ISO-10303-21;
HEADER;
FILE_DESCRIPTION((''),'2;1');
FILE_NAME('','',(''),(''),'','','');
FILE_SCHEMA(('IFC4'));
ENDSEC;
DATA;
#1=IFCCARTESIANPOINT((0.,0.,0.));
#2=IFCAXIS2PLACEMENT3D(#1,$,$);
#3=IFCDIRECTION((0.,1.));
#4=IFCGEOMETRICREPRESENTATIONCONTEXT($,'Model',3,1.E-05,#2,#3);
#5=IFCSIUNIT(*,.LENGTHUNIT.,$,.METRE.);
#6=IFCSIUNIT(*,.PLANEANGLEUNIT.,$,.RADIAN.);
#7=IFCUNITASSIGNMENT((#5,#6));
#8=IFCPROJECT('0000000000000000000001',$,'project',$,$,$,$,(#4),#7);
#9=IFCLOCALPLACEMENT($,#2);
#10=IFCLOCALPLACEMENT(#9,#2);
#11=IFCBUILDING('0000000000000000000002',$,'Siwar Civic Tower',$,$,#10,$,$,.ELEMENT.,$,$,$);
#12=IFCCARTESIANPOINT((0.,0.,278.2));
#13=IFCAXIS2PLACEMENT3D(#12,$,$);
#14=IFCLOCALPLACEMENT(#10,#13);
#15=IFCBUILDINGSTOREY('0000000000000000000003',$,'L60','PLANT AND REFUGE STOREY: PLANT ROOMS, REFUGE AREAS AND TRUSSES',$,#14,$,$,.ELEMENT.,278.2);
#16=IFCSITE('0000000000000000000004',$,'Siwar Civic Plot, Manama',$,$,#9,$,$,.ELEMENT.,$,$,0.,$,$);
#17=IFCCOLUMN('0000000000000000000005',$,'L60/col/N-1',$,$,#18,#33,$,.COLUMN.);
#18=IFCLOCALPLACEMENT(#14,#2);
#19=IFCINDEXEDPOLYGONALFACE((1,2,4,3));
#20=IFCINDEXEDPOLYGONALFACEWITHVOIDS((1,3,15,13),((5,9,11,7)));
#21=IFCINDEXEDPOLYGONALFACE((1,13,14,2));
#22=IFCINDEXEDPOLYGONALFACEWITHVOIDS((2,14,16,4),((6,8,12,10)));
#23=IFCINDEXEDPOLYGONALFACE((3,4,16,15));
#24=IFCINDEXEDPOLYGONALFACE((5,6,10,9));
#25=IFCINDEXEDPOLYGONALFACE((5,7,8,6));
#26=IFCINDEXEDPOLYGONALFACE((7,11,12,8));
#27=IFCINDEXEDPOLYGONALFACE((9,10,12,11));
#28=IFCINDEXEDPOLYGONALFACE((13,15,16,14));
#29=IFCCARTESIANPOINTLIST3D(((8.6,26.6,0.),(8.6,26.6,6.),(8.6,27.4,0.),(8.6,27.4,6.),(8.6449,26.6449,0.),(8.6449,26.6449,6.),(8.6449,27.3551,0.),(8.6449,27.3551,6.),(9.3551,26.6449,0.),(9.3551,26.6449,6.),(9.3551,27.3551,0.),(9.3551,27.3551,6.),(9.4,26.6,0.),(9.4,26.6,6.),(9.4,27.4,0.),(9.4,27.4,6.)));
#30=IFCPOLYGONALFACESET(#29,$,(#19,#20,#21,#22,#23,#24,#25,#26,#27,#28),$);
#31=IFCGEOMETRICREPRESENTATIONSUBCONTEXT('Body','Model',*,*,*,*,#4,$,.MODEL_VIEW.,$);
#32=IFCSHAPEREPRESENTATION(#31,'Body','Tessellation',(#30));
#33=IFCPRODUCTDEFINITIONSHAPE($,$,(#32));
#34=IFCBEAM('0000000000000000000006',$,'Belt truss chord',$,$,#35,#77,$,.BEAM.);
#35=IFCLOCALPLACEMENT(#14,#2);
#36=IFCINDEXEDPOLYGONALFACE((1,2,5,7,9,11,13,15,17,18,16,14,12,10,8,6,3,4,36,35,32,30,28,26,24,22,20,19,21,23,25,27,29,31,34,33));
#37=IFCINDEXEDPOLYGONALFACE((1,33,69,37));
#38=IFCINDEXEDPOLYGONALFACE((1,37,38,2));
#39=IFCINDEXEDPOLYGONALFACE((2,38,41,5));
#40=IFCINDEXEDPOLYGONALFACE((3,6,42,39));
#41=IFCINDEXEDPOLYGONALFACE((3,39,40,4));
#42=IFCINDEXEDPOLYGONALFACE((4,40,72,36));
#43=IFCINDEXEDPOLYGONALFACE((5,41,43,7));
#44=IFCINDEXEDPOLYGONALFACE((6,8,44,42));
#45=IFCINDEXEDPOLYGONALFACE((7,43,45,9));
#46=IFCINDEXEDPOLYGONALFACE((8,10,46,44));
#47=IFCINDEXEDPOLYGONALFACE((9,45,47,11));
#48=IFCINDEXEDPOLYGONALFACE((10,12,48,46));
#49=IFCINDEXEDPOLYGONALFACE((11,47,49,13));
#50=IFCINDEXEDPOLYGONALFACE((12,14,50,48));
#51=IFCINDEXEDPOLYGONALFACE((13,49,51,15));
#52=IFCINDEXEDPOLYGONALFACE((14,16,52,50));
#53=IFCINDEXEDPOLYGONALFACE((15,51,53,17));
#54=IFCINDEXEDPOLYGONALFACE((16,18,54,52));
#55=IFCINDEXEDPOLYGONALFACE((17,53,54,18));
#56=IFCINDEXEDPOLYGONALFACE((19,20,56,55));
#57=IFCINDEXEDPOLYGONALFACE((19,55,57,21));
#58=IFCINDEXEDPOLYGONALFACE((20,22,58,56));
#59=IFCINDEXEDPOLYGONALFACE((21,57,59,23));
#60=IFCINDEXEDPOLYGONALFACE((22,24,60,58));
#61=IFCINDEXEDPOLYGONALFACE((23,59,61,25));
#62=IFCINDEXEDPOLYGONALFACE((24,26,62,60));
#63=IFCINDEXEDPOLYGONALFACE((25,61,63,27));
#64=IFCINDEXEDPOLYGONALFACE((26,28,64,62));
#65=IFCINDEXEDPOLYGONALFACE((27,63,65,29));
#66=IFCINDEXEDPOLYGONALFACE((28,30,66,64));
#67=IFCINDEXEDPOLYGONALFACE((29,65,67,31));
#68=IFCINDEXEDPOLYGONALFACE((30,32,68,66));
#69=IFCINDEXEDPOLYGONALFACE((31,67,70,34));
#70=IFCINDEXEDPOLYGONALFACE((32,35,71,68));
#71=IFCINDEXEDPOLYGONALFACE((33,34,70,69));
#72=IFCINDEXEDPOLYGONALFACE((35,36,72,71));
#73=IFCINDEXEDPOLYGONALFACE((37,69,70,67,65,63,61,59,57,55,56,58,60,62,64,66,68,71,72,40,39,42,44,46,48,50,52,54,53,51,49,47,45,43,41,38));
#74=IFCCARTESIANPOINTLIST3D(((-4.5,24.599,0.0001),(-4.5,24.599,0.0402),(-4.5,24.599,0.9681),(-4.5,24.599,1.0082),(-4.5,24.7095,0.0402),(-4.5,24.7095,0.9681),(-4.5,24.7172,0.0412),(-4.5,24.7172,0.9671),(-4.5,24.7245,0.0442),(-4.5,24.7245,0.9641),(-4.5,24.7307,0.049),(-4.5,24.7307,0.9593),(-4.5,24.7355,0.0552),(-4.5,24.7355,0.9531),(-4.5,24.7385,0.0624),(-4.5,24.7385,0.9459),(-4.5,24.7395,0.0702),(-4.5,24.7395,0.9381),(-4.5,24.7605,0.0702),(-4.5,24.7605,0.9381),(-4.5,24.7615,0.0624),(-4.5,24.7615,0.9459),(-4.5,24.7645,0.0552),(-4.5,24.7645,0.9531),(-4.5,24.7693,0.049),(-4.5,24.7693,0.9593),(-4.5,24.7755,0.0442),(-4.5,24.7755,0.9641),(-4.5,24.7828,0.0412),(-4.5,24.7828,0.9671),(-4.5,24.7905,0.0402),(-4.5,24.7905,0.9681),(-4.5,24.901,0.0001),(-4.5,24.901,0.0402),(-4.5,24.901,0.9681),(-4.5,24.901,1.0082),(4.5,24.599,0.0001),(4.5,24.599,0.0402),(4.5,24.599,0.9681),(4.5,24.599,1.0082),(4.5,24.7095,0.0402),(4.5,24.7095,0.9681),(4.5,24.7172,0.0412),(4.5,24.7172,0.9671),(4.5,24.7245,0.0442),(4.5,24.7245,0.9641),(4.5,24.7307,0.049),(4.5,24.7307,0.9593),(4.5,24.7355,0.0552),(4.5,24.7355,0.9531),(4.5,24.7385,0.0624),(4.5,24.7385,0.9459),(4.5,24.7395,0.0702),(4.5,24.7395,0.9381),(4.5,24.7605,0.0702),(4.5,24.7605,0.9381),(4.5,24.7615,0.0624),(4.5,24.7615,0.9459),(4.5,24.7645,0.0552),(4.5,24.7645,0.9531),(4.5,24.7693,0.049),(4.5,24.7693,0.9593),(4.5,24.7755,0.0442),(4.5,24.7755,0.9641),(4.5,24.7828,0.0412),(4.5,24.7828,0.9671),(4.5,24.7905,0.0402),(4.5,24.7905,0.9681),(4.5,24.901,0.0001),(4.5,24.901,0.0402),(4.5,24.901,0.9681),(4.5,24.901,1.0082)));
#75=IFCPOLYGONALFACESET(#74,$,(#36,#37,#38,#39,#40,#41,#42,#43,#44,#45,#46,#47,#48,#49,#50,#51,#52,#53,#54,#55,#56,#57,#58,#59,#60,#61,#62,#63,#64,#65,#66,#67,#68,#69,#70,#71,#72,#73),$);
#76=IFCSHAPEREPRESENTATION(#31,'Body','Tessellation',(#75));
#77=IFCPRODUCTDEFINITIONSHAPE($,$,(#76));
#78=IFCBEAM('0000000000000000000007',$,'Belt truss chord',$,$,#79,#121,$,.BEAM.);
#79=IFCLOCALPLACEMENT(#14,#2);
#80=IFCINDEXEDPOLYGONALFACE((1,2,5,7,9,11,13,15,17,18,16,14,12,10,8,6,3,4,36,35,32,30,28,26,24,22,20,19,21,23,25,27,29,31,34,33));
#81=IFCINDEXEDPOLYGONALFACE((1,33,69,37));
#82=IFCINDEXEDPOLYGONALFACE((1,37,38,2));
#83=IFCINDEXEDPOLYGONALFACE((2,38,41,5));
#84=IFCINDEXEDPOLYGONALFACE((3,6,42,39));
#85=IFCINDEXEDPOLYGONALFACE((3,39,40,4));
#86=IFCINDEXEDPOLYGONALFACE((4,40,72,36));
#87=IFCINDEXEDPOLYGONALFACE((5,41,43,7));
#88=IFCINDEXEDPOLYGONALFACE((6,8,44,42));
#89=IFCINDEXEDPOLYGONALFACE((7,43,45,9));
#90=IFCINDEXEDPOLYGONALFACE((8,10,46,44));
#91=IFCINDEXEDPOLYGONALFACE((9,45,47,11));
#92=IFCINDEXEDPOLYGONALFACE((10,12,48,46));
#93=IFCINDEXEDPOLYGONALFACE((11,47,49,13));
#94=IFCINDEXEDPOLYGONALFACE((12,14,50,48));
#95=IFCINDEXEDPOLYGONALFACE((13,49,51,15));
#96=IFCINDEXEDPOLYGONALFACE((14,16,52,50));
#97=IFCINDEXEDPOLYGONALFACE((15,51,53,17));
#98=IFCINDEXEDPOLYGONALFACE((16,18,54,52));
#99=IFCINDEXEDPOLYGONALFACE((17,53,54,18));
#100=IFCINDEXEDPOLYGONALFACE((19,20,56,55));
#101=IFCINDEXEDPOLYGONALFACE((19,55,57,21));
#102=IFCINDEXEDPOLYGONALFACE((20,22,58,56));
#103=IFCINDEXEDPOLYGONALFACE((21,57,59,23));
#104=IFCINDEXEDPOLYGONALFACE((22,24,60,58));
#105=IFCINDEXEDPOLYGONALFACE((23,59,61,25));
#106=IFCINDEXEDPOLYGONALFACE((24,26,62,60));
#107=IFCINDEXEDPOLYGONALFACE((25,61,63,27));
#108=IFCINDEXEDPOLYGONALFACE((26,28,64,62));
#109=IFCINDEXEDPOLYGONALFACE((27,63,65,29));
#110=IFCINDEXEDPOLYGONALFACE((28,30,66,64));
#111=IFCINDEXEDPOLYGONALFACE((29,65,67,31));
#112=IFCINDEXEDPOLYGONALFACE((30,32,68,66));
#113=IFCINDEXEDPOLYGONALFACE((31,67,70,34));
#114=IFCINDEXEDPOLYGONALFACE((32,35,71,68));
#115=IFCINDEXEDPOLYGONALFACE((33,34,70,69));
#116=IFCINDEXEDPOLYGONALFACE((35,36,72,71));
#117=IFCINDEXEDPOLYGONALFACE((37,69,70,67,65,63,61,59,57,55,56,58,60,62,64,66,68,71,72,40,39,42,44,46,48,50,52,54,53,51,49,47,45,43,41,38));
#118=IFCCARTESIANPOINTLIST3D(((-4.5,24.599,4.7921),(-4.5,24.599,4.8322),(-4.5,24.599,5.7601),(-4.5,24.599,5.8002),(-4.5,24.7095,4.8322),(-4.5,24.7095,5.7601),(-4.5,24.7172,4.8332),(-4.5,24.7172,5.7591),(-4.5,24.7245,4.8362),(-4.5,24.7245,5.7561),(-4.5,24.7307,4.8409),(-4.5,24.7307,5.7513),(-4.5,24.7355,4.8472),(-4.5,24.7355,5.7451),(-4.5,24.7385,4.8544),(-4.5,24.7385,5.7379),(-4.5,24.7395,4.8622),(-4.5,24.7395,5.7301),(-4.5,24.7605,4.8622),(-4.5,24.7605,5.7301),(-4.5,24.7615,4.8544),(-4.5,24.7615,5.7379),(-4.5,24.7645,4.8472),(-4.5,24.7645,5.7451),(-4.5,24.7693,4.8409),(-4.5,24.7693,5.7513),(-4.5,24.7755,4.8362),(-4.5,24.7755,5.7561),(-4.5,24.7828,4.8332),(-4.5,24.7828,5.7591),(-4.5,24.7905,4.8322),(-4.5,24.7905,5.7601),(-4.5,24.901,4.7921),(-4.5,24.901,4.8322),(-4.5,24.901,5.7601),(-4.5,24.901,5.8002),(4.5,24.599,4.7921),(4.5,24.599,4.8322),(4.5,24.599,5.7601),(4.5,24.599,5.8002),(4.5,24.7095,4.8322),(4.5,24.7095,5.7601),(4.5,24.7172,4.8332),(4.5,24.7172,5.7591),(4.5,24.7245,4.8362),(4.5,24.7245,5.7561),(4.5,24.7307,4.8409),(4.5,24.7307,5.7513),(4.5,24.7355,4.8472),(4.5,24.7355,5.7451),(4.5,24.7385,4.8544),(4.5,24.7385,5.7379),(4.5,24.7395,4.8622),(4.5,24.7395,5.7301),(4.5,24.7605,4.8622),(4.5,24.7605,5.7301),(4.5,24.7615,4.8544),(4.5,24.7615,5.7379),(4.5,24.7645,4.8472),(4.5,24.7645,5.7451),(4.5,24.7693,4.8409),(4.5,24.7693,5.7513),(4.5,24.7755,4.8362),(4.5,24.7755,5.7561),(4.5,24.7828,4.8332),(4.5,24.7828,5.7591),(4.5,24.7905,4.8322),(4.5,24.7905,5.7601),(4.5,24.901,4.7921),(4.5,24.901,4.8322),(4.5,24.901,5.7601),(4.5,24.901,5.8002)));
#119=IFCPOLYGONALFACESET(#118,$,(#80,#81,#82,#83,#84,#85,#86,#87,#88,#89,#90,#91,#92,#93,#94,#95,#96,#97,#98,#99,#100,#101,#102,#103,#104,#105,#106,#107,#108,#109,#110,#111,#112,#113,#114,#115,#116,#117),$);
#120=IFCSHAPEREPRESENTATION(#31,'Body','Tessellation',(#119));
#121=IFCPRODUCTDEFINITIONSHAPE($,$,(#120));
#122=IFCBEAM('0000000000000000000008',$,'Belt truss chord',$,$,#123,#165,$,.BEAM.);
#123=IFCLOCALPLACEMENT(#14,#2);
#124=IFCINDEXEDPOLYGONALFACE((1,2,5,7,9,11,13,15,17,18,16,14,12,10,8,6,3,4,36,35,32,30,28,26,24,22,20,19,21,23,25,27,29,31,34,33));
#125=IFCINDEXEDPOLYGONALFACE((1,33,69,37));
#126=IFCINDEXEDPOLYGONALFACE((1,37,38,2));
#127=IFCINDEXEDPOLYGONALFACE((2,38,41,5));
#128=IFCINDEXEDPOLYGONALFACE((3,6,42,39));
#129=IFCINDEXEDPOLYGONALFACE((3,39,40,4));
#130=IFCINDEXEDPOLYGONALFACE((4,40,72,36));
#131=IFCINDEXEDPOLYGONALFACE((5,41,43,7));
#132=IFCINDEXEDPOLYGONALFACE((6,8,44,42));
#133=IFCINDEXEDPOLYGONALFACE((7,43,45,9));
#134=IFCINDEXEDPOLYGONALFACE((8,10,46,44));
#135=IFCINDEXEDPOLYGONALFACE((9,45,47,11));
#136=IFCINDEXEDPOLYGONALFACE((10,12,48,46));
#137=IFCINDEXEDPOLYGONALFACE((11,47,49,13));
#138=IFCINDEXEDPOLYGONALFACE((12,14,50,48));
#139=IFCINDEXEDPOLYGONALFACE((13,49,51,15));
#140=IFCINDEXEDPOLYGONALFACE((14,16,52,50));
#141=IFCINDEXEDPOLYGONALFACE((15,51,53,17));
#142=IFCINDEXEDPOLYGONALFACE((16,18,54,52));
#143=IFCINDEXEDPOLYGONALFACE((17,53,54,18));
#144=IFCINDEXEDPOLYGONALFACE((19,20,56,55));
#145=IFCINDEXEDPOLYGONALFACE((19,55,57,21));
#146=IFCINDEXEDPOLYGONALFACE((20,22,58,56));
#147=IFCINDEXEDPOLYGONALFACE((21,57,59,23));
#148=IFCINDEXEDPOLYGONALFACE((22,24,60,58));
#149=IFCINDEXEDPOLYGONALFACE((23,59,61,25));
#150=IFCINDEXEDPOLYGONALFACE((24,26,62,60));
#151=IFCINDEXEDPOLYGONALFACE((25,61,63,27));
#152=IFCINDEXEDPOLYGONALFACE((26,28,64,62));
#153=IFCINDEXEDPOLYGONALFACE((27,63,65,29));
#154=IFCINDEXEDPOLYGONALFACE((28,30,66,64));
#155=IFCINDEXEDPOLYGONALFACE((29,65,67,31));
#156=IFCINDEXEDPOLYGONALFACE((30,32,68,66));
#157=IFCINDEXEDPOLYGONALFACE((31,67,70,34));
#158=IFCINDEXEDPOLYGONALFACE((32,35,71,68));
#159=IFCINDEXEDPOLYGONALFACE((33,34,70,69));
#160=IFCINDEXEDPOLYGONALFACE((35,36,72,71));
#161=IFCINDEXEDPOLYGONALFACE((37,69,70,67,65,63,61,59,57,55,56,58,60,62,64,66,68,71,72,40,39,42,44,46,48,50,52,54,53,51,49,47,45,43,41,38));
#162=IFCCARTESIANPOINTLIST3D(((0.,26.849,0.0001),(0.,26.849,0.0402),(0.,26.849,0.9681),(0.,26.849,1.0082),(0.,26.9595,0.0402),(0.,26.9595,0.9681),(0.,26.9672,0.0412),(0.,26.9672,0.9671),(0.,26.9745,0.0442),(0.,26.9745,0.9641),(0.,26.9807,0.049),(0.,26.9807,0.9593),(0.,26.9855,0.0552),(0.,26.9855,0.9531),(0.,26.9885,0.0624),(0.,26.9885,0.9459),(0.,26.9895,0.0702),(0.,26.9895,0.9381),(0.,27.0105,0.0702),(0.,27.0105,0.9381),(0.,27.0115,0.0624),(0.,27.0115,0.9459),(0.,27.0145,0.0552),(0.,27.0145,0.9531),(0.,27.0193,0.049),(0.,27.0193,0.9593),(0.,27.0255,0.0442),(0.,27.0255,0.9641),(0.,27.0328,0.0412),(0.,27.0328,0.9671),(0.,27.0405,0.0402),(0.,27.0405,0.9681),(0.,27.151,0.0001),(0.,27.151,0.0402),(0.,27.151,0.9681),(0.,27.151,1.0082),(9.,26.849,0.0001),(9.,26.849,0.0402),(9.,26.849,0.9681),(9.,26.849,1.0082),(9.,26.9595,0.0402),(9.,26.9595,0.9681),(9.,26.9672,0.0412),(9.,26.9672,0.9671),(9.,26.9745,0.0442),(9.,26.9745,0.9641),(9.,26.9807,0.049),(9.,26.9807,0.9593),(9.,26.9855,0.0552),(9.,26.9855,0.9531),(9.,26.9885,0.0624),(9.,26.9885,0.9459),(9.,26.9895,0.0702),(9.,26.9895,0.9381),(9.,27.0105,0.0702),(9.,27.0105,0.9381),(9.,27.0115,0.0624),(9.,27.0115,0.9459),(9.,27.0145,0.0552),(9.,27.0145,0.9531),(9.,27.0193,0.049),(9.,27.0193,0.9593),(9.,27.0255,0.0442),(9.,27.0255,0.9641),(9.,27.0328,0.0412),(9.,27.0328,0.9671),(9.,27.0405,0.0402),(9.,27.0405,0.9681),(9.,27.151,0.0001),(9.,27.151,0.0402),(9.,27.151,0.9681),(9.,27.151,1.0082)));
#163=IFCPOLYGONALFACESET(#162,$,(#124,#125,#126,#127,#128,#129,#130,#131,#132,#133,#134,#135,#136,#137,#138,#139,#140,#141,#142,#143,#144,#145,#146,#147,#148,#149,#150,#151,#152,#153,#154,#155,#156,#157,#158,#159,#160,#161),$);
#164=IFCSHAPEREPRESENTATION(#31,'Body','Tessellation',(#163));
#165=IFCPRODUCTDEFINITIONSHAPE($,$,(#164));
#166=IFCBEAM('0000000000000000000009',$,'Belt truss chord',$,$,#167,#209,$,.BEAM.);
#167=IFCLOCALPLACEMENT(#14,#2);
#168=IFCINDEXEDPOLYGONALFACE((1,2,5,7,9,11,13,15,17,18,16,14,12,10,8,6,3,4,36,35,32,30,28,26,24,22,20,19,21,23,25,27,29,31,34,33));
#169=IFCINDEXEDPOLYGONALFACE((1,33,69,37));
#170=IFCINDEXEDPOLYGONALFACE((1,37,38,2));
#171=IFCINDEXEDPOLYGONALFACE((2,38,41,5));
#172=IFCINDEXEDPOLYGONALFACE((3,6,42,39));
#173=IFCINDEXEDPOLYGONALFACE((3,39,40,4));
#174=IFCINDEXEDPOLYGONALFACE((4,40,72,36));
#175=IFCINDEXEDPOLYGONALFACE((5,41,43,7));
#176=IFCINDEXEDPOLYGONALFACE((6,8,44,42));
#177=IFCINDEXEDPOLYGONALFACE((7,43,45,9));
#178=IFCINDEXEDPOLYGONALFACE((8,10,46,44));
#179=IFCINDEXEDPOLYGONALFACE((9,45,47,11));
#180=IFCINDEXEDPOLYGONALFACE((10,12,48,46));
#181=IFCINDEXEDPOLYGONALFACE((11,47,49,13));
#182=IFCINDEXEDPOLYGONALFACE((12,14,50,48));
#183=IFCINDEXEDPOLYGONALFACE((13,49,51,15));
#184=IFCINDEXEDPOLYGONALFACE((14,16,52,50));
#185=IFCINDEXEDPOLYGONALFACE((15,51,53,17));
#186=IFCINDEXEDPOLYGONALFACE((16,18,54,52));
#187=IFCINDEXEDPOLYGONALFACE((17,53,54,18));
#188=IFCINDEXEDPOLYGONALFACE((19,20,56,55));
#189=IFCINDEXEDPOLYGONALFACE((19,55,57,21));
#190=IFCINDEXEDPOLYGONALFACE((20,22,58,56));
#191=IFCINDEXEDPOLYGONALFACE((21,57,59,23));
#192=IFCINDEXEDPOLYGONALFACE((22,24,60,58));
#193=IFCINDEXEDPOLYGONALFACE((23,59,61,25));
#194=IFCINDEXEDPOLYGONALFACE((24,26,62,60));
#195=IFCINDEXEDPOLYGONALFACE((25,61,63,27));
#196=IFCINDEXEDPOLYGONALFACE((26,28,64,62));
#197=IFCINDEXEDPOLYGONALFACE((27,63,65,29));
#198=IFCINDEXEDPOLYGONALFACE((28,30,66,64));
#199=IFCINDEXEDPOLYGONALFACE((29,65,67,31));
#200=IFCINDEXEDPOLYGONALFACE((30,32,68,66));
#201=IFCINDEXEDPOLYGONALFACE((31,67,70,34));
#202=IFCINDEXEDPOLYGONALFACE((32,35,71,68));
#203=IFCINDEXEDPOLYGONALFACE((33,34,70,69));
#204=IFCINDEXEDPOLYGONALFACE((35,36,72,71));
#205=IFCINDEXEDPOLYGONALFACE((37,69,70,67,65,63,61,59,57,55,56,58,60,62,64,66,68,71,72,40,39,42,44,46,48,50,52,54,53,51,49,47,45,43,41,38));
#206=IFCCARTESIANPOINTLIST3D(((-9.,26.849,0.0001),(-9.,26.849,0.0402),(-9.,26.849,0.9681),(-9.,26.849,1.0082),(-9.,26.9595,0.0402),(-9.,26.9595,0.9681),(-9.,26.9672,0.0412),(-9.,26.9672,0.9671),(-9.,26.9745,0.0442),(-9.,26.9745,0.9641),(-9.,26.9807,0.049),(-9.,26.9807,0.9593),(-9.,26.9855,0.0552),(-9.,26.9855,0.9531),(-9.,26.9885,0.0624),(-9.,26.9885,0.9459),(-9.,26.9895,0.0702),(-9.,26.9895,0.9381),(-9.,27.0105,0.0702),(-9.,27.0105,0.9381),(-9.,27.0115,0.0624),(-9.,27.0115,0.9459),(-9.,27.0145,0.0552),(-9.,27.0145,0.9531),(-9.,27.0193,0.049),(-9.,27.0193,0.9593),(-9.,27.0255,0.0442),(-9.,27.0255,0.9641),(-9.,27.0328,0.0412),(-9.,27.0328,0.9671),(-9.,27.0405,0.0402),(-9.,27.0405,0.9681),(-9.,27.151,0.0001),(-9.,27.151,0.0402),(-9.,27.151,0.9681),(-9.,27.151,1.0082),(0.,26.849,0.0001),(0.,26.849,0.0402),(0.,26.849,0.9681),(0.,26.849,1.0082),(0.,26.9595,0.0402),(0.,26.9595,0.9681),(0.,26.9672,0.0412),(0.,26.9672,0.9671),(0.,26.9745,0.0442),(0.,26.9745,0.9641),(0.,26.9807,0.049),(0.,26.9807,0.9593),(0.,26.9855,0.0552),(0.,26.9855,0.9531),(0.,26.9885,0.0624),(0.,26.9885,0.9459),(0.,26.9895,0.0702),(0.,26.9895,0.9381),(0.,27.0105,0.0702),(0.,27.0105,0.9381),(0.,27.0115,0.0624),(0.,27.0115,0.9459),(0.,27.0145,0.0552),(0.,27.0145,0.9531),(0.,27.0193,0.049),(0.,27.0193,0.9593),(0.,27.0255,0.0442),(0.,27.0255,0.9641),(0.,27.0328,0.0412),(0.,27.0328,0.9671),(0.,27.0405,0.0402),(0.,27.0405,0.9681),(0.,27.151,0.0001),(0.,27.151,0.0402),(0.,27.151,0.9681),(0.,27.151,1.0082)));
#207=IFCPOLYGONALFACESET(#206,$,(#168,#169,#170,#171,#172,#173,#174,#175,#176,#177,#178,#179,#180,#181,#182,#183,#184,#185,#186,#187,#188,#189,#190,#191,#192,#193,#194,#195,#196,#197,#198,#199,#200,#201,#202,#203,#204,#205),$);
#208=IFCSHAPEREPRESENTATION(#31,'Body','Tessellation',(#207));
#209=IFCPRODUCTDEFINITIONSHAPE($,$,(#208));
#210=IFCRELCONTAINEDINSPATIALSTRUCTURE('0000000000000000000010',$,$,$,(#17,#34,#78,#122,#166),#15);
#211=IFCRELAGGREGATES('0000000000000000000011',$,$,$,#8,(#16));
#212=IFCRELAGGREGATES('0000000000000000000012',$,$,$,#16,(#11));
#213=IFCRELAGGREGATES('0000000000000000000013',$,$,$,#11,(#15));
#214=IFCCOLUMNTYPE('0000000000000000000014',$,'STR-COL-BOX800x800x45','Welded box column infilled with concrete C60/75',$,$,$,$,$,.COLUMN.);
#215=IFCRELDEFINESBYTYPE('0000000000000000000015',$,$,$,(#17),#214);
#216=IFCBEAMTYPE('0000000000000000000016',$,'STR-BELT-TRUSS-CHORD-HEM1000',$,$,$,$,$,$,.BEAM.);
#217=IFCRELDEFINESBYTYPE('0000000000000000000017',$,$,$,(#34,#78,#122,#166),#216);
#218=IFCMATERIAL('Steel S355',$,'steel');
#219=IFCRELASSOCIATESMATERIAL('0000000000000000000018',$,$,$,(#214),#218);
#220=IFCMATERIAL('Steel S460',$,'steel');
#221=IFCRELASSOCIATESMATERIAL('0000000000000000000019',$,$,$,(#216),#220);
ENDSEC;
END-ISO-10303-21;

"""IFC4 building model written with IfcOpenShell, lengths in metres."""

from ifc_helpers import new_model, si_unit, direction, frame, origin, origin_2d, place, context, subcontext, project, spatial, hollow_rectangle, i_section, extrude, material, material_profile, profile_set, type_object, element, save


model = new_model("IFC4")

# Units and contexts
model_context = context("Model", 3, precision=1e-05, world=origin(), true_north=direction((0.0, 1.0)))
body_context = subcontext(model_context, "Body", "Model", "MODEL_VIEW")
ifc_project = project(units=[si_unit("LENGTHUNIT", "METRE"), si_unit("PLANEANGLEUNIT", "RADIAN")], contexts=[model_context])

# Site, building, storey
site_placement = place(None, origin())
site = spatial("IfcSite", under=ifc_project, at=site_placement, Name="Siwar Civic Plot, Manama", CompositionType="ELEMENT", RefElevation=0.0)
building_placement = place(site_placement, origin())
building = spatial("IfcBuilding", under=site, at=building_placement, Name="Siwar Civic Tower", CompositionType="ELEMENT")
storey_placement = place(building_placement, frame((0.0, 0.0, 278.2)))
storey = spatial("IfcBuildingStorey", under=building, at=storey_placement, Name="L60", Description="PLANT AND REFUGE STOREY: PLANT ROOMS, REFUGE AREAS AND TRUSSES", CompositionType="ELEMENT", Elevation=278.2)

# Column
ifc_material_1 = material(Name="Steel S355", Category="steel")
ifc_material_profile_1 = material_profile(ifc_material_1, hollow_rectangle(XDim=0.8, YDim=0.8, WallThickness=0.0449, at=origin_2d()), Name="BOX800x800x45")
ifc_profile_set_1 = profile_set([ifc_material_profile_1], Name="Steel S355")
column_type = type_object("IfcColumnType", Name="STR-COL-BOX800x800x45", Description="Welded box column infilled with concrete C60/75", PredefinedType="COLUMN", material=ifc_profile_set_1)
column_placement = place(storey_placement, frame((9.0, 27.0, 0.0), z_axis=(0.0, 0.0, 1.0), x_axis=(1.0, 0.0, 0.0)))
element("IfcColumn", 1, at=column_placement, inside=storey, type_object=column_type, Name="L60/col/N-1", PredefinedType="COLUMN", context=body_context, shape_type="SweptSolid", body=[
    extrude(hollow_rectangle(XDim=0.8, YDim=0.8, WallThickness=0.0449, at=origin_2d()), origin(), (0.0, 0.0, 1.0), 6.0),
])

# Beams
ifc_material_2 = material(Name="Steel S460", Category="steel")
ifc_material_profile_2 = material_profile(ifc_material_2, i_section(OverallWidth=0.302, OverallDepth=1.0081, WebThickness=0.021, FlangeThickness=0.04, FilletRadius=0.03, at=origin_2d()), Name="HEM1000")
ifc_profile_set_2 = profile_set([ifc_material_profile_2], Name="Steel S460")
beam_type_1 = type_object("IfcBeamType", Name="STR-BELT-TRUSS-CHORD-HEM1000", PredefinedType="BEAM", material=ifc_profile_set_2)
for number, where, z_axis, x_axis, name in (
    (2, (4.5, 24.75, 0.5042), (-1.0, 0.0, 0.0), (0.0, -1.0, 0.0), "Belt truss chord"),
    (3, (4.5, 24.75, 5.2961), (-1.0, 0.0, 0.0), (0.0, -1.0, 0.0), "Belt truss chord"),
    (4, (9.0, 27.0, 0.5042), (-1.0, 0.0, 0.0), (0.0, -1.0, 0.0), "Belt truss chord"),
    (5, (0.0, 27.0, 0.5042), (-1.0, 0.0, 0.0), (0.0, -1.0, 0.0), "Belt truss chord"),
):
    element("IfcBeam", number, at=place(storey_placement, frame(where, z_axis=z_axis, x_axis=x_axis)), inside=storey, type_object=beam_type_1, Name=name, PredefinedType="BEAM", context=body_context, shape_type="SweptSolid", body=[
        extrude(i_section(OverallWidth=0.302, OverallDepth=1.0081, WebThickness=0.021, FlangeThickness=0.04, FilletRadius=0.03, at=origin_2d()), origin(), (0.0, 0.0, 1.0), 9.0),
    ])

save(model, "model.ifc")
